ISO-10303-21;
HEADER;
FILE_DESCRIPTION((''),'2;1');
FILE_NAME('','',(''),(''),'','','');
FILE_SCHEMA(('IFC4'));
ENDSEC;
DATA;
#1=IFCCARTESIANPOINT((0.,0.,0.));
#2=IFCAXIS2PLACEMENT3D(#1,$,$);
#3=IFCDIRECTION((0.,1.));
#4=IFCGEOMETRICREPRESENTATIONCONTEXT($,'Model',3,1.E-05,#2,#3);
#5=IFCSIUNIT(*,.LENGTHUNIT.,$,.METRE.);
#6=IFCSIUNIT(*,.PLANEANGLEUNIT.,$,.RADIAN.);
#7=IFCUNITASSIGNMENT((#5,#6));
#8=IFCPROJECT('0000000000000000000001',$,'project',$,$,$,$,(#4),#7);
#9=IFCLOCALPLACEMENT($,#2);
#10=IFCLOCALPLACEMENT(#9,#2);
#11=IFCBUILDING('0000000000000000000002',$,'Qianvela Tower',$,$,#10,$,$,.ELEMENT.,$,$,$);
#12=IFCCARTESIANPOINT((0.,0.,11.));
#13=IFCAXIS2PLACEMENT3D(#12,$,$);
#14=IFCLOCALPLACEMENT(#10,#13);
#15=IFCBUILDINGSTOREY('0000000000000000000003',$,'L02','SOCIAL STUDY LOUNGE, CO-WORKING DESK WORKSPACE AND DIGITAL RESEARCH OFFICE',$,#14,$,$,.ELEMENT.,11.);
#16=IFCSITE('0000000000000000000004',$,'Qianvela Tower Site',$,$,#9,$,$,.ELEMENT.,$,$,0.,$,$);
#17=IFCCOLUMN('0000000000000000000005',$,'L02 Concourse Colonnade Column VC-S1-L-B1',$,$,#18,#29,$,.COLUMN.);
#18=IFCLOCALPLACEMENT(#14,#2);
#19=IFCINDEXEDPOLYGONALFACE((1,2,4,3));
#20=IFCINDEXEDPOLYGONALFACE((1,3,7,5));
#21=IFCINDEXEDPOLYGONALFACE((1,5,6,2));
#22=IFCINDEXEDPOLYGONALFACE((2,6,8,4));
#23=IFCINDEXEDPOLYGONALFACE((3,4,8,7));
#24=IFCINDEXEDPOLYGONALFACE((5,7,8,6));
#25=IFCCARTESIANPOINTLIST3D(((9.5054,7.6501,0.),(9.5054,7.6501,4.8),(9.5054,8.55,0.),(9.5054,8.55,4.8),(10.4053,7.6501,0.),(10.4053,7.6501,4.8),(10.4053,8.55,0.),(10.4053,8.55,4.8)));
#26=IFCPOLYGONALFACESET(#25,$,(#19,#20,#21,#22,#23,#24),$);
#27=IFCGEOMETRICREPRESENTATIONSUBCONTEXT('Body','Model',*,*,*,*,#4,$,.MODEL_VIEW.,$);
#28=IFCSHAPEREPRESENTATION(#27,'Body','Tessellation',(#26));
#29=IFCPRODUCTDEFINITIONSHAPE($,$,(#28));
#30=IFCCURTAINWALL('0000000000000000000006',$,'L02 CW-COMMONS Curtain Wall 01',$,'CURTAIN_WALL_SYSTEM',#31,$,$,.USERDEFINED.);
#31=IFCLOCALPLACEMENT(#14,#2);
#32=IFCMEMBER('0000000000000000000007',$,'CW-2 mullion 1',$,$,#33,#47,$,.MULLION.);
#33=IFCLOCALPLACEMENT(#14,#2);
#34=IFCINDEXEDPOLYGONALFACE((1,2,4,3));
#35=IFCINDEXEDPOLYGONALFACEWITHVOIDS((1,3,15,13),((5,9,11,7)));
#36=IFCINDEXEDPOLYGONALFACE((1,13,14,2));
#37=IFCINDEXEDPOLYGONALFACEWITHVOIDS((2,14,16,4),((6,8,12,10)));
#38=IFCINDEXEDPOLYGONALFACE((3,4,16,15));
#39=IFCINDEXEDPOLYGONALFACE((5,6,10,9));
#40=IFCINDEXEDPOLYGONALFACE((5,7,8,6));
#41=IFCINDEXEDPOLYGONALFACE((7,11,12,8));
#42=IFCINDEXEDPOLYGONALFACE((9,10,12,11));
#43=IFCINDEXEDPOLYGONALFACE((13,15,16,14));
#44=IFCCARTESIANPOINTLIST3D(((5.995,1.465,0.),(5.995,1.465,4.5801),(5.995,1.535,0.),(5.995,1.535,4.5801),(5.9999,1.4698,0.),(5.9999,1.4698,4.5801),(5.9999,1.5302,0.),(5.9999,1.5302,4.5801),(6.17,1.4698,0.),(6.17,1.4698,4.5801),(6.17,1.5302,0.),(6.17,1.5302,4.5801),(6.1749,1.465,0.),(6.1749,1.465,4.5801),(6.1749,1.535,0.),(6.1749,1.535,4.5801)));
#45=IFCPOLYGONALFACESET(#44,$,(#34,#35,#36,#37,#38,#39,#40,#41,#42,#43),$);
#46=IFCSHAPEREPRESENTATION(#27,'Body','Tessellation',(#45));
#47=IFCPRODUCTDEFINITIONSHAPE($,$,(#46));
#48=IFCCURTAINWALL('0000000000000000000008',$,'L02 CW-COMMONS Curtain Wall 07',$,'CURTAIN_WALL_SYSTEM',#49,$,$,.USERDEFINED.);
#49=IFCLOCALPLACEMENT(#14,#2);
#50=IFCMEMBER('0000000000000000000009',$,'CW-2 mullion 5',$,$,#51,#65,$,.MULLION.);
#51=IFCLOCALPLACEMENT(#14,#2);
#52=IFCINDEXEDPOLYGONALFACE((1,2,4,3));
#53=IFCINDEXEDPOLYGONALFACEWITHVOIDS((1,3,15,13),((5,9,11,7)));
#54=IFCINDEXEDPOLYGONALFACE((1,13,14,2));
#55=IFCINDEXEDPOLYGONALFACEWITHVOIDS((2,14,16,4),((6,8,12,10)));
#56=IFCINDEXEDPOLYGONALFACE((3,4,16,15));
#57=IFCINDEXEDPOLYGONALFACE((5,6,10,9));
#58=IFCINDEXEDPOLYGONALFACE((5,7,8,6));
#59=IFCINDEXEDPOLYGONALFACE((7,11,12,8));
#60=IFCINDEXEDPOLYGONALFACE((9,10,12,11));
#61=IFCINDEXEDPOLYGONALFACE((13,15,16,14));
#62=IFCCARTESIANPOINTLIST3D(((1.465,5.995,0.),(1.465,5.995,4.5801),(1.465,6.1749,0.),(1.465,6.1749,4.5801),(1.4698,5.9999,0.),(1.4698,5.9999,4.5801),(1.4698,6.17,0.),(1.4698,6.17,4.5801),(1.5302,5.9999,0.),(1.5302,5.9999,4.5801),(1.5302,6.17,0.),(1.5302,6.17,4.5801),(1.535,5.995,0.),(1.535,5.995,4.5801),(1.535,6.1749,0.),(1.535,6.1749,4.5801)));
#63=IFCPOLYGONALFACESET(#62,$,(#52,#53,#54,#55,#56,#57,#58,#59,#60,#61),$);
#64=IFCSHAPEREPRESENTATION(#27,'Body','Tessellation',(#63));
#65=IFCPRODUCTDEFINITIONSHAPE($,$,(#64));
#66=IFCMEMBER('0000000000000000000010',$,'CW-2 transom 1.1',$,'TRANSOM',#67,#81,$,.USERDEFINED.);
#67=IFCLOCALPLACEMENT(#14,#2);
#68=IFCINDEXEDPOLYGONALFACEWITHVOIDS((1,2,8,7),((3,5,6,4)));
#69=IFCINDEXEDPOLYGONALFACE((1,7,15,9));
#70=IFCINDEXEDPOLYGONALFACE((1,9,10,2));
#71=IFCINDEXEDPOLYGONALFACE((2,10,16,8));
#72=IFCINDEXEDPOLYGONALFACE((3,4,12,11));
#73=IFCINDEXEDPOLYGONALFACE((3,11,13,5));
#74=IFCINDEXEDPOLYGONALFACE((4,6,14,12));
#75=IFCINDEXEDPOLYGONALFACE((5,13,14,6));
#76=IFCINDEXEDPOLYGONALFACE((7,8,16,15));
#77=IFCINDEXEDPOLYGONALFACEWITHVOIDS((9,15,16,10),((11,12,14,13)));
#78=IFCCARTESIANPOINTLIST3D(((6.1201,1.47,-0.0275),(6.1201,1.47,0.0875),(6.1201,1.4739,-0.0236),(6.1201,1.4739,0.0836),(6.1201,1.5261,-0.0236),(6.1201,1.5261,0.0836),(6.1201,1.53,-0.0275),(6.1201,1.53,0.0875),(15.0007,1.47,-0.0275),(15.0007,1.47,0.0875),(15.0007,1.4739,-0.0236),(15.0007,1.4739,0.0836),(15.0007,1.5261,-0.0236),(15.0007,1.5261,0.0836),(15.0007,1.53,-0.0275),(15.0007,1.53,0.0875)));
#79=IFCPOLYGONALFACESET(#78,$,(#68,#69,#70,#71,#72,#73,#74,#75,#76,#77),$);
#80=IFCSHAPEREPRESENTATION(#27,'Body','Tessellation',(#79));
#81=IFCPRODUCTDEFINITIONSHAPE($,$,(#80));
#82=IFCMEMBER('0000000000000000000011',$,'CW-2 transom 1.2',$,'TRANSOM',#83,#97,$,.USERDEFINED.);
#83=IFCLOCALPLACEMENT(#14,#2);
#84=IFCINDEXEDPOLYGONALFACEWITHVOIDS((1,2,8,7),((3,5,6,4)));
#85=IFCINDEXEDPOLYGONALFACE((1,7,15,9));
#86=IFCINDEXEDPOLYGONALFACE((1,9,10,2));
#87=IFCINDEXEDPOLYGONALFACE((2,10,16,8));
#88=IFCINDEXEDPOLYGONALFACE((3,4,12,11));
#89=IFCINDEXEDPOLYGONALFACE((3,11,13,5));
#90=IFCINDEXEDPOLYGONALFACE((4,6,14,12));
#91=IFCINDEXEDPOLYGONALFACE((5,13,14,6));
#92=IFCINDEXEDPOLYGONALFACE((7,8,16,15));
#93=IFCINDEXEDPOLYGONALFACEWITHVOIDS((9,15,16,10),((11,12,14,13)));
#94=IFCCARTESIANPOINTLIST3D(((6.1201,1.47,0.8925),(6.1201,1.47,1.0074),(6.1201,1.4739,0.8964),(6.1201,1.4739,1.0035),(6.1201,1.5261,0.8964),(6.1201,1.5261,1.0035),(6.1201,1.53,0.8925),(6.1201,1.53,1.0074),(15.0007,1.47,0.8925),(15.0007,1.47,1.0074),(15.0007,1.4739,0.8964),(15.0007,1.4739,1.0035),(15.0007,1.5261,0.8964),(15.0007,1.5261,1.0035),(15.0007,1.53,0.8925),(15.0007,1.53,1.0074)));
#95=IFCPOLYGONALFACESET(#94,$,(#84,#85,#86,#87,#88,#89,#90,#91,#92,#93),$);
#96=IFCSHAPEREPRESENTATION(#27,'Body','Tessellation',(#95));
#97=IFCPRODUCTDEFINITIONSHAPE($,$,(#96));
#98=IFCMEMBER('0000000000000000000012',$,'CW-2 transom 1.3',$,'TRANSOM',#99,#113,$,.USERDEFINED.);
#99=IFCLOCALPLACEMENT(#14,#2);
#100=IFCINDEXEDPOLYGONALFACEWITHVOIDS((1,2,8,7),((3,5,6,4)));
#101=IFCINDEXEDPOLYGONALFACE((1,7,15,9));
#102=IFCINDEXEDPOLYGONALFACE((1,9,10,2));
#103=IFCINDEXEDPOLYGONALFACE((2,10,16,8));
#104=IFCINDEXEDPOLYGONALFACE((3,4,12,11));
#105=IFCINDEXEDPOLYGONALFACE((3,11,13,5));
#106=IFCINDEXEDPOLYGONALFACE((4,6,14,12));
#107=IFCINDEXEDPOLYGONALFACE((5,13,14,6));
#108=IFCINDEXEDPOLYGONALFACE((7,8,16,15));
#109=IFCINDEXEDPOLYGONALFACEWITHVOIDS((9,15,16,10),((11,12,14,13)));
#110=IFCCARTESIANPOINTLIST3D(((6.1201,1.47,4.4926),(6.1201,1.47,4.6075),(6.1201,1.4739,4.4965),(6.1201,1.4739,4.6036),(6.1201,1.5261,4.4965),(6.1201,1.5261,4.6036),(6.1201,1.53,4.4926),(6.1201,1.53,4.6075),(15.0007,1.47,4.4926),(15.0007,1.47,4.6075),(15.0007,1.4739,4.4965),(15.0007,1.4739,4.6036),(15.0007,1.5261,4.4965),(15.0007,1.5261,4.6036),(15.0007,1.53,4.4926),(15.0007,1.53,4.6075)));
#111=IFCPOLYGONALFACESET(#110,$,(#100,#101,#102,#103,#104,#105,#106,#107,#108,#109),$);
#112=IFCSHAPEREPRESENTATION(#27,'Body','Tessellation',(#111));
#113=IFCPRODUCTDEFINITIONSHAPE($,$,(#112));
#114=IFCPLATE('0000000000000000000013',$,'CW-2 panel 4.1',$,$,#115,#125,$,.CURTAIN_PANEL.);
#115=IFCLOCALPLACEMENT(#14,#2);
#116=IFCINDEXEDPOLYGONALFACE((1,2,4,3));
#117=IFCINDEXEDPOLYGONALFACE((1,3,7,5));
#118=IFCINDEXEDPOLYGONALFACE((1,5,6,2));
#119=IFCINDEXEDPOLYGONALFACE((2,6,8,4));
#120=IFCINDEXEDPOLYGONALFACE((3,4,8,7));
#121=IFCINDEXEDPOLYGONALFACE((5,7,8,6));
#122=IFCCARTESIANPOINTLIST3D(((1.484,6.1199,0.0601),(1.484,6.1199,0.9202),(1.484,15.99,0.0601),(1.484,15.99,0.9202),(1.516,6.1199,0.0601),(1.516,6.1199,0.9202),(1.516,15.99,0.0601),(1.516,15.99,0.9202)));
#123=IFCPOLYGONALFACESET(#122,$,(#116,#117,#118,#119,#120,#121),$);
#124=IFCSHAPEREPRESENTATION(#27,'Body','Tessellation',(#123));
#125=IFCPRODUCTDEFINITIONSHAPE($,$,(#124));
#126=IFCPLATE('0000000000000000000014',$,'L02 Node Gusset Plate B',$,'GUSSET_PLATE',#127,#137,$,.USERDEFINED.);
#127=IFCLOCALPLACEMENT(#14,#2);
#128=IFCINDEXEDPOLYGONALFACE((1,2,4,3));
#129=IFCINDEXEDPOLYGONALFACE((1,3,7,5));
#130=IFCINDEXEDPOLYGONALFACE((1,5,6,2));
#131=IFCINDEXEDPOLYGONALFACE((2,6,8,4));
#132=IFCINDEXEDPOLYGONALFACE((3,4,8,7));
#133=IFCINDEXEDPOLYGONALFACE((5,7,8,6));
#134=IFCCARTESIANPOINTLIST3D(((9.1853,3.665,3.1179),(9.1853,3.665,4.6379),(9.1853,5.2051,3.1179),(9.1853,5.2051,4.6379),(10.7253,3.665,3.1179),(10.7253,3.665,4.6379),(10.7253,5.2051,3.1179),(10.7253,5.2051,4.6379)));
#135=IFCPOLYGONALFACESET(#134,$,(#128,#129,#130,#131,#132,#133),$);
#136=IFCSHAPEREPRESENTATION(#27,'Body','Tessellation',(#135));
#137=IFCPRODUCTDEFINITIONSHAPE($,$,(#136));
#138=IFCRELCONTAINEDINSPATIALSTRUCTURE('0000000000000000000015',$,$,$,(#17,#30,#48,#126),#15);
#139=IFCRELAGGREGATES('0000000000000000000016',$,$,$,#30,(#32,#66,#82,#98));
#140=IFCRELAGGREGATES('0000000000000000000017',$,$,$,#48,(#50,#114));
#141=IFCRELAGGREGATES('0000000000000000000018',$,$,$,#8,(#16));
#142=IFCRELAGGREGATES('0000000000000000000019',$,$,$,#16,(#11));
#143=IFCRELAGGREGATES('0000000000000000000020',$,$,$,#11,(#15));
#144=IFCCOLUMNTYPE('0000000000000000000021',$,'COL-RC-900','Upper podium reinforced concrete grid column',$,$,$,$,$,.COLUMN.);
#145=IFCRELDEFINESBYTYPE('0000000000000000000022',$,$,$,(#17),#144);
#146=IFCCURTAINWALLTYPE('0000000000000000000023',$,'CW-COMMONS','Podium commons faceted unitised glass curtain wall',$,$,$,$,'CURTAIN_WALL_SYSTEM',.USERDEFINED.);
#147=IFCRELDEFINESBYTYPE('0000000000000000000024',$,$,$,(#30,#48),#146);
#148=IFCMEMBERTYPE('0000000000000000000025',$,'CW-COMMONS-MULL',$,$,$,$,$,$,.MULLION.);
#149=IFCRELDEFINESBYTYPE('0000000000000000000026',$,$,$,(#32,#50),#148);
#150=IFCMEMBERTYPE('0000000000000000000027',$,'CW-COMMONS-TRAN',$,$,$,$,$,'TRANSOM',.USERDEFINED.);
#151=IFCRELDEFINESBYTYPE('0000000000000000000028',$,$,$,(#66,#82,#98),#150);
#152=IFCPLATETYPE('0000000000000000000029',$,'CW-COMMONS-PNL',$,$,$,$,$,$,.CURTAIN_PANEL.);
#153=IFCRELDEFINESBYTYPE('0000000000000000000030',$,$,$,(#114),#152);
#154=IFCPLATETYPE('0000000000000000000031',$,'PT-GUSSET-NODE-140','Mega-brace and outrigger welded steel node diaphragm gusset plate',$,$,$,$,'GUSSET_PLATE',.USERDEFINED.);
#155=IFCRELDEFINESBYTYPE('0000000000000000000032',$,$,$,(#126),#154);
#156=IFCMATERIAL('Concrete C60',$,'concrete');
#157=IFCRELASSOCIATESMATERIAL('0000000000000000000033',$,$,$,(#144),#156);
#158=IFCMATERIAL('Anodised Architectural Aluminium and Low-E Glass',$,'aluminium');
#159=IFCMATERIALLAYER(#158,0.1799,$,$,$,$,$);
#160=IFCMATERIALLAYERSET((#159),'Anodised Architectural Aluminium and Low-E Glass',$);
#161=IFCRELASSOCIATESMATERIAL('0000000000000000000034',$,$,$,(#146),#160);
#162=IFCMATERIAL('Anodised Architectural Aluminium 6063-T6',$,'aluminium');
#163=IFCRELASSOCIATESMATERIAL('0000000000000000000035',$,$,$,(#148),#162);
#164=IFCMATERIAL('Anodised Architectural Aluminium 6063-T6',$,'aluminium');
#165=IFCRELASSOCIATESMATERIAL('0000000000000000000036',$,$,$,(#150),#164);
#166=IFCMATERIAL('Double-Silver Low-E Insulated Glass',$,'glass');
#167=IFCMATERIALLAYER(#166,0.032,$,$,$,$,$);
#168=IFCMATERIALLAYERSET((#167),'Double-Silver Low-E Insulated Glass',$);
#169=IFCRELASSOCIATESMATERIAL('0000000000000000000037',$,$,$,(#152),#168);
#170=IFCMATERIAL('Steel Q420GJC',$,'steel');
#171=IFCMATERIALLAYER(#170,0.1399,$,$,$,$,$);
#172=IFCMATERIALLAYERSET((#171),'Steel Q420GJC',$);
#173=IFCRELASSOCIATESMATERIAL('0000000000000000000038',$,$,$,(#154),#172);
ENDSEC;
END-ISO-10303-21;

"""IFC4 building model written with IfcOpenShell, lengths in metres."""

from ifc_helpers import new_model, si_unit, direction, frame, origin, origin_2d, place, context, subcontext, project, spatial, rectangle, hollow_rectangle, extrude, material, layer, layer_set, material_profile, profile_set, type_object, element, aggregate, save


model = new_model("IFC4")

# Units and contexts
model_context = context("Model", 3, precision=1e-05, world=origin(), true_north=direction((0.0, 1.0)))
body_context = subcontext(model_context, "Body", "Model", "MODEL_VIEW")
ifc_project = project(units=[si_unit("LENGTHUNIT", "METRE"), si_unit("PLANEANGLEUNIT", "RADIAN")], contexts=[model_context])

# Site, building, storey
site_placement = place(None, origin())
site = spatial("IfcSite", under=ifc_project, at=site_placement, Name="Qianvela Tower Site", CompositionType="ELEMENT", RefElevation=0.0)
building_placement = place(site_placement, origin())
building = spatial("IfcBuilding", under=site, at=building_placement, Name="Qianvela Tower", CompositionType="ELEMENT")
storey_placement = place(building_placement, frame((0.0, 0.0, 11.0)))
storey = spatial("IfcBuildingStorey", under=building, at=storey_placement, Name="L02", Description="SOCIAL STUDY LOUNGE, CO-WORKING DESK WORKSPACE AND DIGITAL RESEARCH OFFICE", CompositionType="ELEMENT", Elevation=11.0)

# Column
ifc_material_1 = material(Name="Concrete C60", Category="concrete")
ifc_material_profile_1 = material_profile(ifc_material_1, rectangle(XDim=0.8999, YDim=0.8999, at=origin_2d()), Name="RC-COL-900x900")
ifc_profile_set_1 = profile_set([ifc_material_profile_1], Name="Concrete C60")
column_type = type_object("IfcColumnType", Name="COL-RC-900", Description="Upper podium reinforced concrete grid column", PredefinedType="COLUMN", material=ifc_profile_set_1)
column_placement = place(storey_placement, frame((9.9553, 8.1001, 0.0), z_axis=(0.0, 0.0, 1.0), x_axis=(1.0, 0.0, 0.0)))
element("IfcColumn", 1, at=column_placement, inside=storey, type_object=column_type, Name="L02 Concourse Colonnade Column VC-S1-L-B1", PredefinedType="COLUMN", context=body_context, shape_type="SweptSolid", body=[
    extrude(rectangle(XDim=0.8999, YDim=0.8999, at=origin_2d()), origin(), (0.0, 0.0, 1.0), 4.8),
])

# Curtain walls, members
ifc_material_2 = material(Name="Anodised Architectural Aluminium and Low-E Glass", Category="aluminium")
ifc_layer_1 = layer(ifc_material_2, 0.1799)
ifc_layer_set_1 = layer_set([ifc_layer_1], Name="Anodised Architectural Aluminium and Low-E Glass")
curtain_wall_type = type_object("IfcCurtainWallType", Name="CW-COMMONS", Description="Podium commons faceted unitised glass curtain wall", ElementType="CURTAIN_WALL_SYSTEM", PredefinedType="USERDEFINED", material=ifc_layer_set_1)
curtain_wall_1_placement = place(storey_placement, origin())
curtain_wall_1 = element("IfcCurtainWall", 2, at=curtain_wall_1_placement, inside=storey, type_object=curtain_wall_type, Name="L02 CW-COMMONS Curtain Wall 01", ObjectType="CURTAIN_WALL_SYSTEM", PredefinedType="USERDEFINED")
ifc_material_3 = material(Name="Anodised Architectural Aluminium 6063-T6", Category="aluminium")
ifc_material_profile_2 = material_profile(ifc_material_3, hollow_rectangle(XDim=0.0701, YDim=0.1799, WallThickness=0.0049, at=origin_2d()), Name="ALU-MULL-70x180")
ifc_profile_set_2 = profile_set([ifc_material_profile_2], Name="Anodised Architectural Aluminium 6063-T6")
member_type_1 = type_object("IfcMemberType", Name="CW-COMMONS-MULL", PredefinedType="MULLION", material=ifc_profile_set_2)
member_1_placement = place(storey_placement, frame((6.085, 1.5, 0.0), z_axis=(0.0, 0.0, 1.0), x_axis=(0.0, 1.0, 0.0)))
member_1 = element("IfcMember", 3, at=member_1_placement, type_object=member_type_1, Name="CW-2 mullion 1", PredefinedType="MULLION", context=body_context, shape_type="SweptSolid", body=[
    extrude(hollow_rectangle(XDim=0.0701, YDim=0.1799, WallThickness=0.0049, at=origin_2d()), origin(), (0.0, 0.0, 1.0), 4.5801),
])
curtain_wall_2_placement = place(storey_placement, origin())
curtain_wall_2 = element("IfcCurtainWall", 4, at=curtain_wall_2_placement, inside=storey, type_object=curtain_wall_type, Name="L02 CW-COMMONS Curtain Wall 07", ObjectType="CURTAIN_WALL_SYSTEM", PredefinedType="USERDEFINED")
member_2_placement = place(storey_placement, frame((1.5, 6.085, 0.0), z_axis=(0.0, 0.0, 1.0), x_axis=(1.0, 0.0, 0.0)))
member_2 = element("IfcMember", 5, at=member_2_placement, type_object=member_type_1, Name="CW-2 mullion 5", PredefinedType="MULLION", context=body_context, shape_type="SweptSolid", body=[
    extrude(hollow_rectangle(XDim=0.0701, YDim=0.1799, WallThickness=0.0049, at=origin_2d()), origin(), (0.0, 0.0, 1.0), 4.5801),
])

# Members
ifc_material_4 = material(Name="Anodised Architectural Aluminium 6063-T6", Category="aluminium")
ifc_material_profile_3 = material_profile(ifc_material_4, hollow_rectangle(XDim=0.0601, YDim=0.115, WallThickness=0.0039, at=origin_2d()), Name="ALU-TRAN-60x115")
ifc_profile_set_3 = profile_set([ifc_material_profile_3], Name="Anodised Architectural Aluminium 6063-T6")
member_type_2 = type_object("IfcMemberType", Name="CW-COMMONS-TRAN", ElementType="TRANSOM", PredefinedType="USERDEFINED", material=ifc_profile_set_3)
member_3_placement = place(storey_placement, frame((6.1201, 1.5, 0.03), z_axis=(1.0, 0.0, 0.0), x_axis=(0.0, 1.0, 0.0)))
member_3 = element("IfcMember", 6, at=member_3_placement, type_object=member_type_2, Name="CW-2 transom 1.1", ObjectType="TRANSOM", PredefinedType="USERDEFINED", context=body_context, shape_type="SweptSolid", body=[
    extrude(hollow_rectangle(XDim=0.0601, YDim=0.115, WallThickness=0.0039, at=origin_2d()), origin(), (0.0, 0.0, 1.0), 8.8806),
])
member_4_placement = place(storey_placement, frame((6.1201, 1.5, 0.95), z_axis=(1.0, 0.0, 0.0), x_axis=(0.0, 1.0, 0.0)))
member_4 = element("IfcMember", 7, at=member_4_placement, type_object=member_type_2, Name="CW-2 transom 1.2", ObjectType="TRANSOM", PredefinedType="USERDEFINED", context=body_context, shape_type="SweptSolid", body=[
    extrude(hollow_rectangle(XDim=0.0601, YDim=0.115, WallThickness=0.0039, at=origin_2d()), origin(), (0.0, 0.0, 1.0), 8.8806),
])
member_5_placement = place(storey_placement, frame((6.1201, 1.5, 4.55), z_axis=(1.0, 0.0, 0.0), x_axis=(0.0, 1.0, 0.0)))
member_5 = element("IfcMember", 8, at=member_5_placement, type_object=member_type_2, Name="CW-2 transom 1.3", ObjectType="TRANSOM", PredefinedType="USERDEFINED", context=body_context, shape_type="SweptSolid", body=[
    extrude(hollow_rectangle(XDim=0.0601, YDim=0.115, WallThickness=0.0039, at=origin_2d()), origin(), (0.0, 0.0, 1.0), 8.8806),
])
aggregate(curtain_wall_1, [member_1, member_3, member_4, member_5])

# Plates
ifc_material_5 = material(Name="Double-Silver Low-E Insulated Glass", Category="glass")
ifc_layer_2 = layer(ifc_material_5, 0.032)
ifc_layer_set_2 = layer_set([ifc_layer_2], Name="Double-Silver Low-E Insulated Glass")
plate_type_1 = type_object("IfcPlateType", Name="CW-COMMONS-PNL", PredefinedType="CURTAIN_PANEL", material=ifc_layer_set_2)
plate_1_placement = place(storey_placement, frame((1.5, 11.0549, 0.0601), z_axis=(0.0, 0.0, 1.0), x_axis=(0.0, -1.0, 0.0)))
plate_1 = element("IfcPlate", 9, at=plate_1_placement, type_object=plate_type_1, Name="CW-2 panel 4.1", PredefinedType="CURTAIN_PANEL", context=body_context, shape_type="SweptSolid", body=[
    extrude(rectangle(XDim=9.8701, YDim=0.032, at=origin_2d()), origin(), (0.0, 0.0, 1.0), 0.8601),
])
aggregate(curtain_wall_2, [member_2, plate_1])
ifc_material_6 = material(Name="Steel Q420GJC", Category="steel")
ifc_layer_3 = layer(ifc_material_6, 0.1399)
ifc_layer_set_3 = layer_set([ifc_layer_3], Name="Steel Q420GJC")
plate_type_2 = type_object("IfcPlateType", Name="PT-GUSSET-NODE-140", Description="Mega-brace and outrigger welded steel node diaphragm gusset plate", ElementType="GUSSET_PLATE", PredefinedType="USERDEFINED", material=ifc_layer_set_3)
plate_2_placement = place(storey_placement, frame((9.9553, 4.4351, 3.1179), z_axis=(0.0, 0.0, 1.0), x_axis=(1.0, 0.0, 0.0)))
element("IfcPlate", 10, at=plate_2_placement, inside=storey, type_object=plate_type_2, Name="L02 Node Gusset Plate B", ObjectType="GUSSET_PLATE", PredefinedType="USERDEFINED", context=body_context, shape_type="SweptSolid", body=[
    extrude(rectangle(XDim=1.54, YDim=1.54, at=origin_2d()), origin(), (0.0, 0.0, 1.0), 1.52),
])

save(model, "model.ifc")
